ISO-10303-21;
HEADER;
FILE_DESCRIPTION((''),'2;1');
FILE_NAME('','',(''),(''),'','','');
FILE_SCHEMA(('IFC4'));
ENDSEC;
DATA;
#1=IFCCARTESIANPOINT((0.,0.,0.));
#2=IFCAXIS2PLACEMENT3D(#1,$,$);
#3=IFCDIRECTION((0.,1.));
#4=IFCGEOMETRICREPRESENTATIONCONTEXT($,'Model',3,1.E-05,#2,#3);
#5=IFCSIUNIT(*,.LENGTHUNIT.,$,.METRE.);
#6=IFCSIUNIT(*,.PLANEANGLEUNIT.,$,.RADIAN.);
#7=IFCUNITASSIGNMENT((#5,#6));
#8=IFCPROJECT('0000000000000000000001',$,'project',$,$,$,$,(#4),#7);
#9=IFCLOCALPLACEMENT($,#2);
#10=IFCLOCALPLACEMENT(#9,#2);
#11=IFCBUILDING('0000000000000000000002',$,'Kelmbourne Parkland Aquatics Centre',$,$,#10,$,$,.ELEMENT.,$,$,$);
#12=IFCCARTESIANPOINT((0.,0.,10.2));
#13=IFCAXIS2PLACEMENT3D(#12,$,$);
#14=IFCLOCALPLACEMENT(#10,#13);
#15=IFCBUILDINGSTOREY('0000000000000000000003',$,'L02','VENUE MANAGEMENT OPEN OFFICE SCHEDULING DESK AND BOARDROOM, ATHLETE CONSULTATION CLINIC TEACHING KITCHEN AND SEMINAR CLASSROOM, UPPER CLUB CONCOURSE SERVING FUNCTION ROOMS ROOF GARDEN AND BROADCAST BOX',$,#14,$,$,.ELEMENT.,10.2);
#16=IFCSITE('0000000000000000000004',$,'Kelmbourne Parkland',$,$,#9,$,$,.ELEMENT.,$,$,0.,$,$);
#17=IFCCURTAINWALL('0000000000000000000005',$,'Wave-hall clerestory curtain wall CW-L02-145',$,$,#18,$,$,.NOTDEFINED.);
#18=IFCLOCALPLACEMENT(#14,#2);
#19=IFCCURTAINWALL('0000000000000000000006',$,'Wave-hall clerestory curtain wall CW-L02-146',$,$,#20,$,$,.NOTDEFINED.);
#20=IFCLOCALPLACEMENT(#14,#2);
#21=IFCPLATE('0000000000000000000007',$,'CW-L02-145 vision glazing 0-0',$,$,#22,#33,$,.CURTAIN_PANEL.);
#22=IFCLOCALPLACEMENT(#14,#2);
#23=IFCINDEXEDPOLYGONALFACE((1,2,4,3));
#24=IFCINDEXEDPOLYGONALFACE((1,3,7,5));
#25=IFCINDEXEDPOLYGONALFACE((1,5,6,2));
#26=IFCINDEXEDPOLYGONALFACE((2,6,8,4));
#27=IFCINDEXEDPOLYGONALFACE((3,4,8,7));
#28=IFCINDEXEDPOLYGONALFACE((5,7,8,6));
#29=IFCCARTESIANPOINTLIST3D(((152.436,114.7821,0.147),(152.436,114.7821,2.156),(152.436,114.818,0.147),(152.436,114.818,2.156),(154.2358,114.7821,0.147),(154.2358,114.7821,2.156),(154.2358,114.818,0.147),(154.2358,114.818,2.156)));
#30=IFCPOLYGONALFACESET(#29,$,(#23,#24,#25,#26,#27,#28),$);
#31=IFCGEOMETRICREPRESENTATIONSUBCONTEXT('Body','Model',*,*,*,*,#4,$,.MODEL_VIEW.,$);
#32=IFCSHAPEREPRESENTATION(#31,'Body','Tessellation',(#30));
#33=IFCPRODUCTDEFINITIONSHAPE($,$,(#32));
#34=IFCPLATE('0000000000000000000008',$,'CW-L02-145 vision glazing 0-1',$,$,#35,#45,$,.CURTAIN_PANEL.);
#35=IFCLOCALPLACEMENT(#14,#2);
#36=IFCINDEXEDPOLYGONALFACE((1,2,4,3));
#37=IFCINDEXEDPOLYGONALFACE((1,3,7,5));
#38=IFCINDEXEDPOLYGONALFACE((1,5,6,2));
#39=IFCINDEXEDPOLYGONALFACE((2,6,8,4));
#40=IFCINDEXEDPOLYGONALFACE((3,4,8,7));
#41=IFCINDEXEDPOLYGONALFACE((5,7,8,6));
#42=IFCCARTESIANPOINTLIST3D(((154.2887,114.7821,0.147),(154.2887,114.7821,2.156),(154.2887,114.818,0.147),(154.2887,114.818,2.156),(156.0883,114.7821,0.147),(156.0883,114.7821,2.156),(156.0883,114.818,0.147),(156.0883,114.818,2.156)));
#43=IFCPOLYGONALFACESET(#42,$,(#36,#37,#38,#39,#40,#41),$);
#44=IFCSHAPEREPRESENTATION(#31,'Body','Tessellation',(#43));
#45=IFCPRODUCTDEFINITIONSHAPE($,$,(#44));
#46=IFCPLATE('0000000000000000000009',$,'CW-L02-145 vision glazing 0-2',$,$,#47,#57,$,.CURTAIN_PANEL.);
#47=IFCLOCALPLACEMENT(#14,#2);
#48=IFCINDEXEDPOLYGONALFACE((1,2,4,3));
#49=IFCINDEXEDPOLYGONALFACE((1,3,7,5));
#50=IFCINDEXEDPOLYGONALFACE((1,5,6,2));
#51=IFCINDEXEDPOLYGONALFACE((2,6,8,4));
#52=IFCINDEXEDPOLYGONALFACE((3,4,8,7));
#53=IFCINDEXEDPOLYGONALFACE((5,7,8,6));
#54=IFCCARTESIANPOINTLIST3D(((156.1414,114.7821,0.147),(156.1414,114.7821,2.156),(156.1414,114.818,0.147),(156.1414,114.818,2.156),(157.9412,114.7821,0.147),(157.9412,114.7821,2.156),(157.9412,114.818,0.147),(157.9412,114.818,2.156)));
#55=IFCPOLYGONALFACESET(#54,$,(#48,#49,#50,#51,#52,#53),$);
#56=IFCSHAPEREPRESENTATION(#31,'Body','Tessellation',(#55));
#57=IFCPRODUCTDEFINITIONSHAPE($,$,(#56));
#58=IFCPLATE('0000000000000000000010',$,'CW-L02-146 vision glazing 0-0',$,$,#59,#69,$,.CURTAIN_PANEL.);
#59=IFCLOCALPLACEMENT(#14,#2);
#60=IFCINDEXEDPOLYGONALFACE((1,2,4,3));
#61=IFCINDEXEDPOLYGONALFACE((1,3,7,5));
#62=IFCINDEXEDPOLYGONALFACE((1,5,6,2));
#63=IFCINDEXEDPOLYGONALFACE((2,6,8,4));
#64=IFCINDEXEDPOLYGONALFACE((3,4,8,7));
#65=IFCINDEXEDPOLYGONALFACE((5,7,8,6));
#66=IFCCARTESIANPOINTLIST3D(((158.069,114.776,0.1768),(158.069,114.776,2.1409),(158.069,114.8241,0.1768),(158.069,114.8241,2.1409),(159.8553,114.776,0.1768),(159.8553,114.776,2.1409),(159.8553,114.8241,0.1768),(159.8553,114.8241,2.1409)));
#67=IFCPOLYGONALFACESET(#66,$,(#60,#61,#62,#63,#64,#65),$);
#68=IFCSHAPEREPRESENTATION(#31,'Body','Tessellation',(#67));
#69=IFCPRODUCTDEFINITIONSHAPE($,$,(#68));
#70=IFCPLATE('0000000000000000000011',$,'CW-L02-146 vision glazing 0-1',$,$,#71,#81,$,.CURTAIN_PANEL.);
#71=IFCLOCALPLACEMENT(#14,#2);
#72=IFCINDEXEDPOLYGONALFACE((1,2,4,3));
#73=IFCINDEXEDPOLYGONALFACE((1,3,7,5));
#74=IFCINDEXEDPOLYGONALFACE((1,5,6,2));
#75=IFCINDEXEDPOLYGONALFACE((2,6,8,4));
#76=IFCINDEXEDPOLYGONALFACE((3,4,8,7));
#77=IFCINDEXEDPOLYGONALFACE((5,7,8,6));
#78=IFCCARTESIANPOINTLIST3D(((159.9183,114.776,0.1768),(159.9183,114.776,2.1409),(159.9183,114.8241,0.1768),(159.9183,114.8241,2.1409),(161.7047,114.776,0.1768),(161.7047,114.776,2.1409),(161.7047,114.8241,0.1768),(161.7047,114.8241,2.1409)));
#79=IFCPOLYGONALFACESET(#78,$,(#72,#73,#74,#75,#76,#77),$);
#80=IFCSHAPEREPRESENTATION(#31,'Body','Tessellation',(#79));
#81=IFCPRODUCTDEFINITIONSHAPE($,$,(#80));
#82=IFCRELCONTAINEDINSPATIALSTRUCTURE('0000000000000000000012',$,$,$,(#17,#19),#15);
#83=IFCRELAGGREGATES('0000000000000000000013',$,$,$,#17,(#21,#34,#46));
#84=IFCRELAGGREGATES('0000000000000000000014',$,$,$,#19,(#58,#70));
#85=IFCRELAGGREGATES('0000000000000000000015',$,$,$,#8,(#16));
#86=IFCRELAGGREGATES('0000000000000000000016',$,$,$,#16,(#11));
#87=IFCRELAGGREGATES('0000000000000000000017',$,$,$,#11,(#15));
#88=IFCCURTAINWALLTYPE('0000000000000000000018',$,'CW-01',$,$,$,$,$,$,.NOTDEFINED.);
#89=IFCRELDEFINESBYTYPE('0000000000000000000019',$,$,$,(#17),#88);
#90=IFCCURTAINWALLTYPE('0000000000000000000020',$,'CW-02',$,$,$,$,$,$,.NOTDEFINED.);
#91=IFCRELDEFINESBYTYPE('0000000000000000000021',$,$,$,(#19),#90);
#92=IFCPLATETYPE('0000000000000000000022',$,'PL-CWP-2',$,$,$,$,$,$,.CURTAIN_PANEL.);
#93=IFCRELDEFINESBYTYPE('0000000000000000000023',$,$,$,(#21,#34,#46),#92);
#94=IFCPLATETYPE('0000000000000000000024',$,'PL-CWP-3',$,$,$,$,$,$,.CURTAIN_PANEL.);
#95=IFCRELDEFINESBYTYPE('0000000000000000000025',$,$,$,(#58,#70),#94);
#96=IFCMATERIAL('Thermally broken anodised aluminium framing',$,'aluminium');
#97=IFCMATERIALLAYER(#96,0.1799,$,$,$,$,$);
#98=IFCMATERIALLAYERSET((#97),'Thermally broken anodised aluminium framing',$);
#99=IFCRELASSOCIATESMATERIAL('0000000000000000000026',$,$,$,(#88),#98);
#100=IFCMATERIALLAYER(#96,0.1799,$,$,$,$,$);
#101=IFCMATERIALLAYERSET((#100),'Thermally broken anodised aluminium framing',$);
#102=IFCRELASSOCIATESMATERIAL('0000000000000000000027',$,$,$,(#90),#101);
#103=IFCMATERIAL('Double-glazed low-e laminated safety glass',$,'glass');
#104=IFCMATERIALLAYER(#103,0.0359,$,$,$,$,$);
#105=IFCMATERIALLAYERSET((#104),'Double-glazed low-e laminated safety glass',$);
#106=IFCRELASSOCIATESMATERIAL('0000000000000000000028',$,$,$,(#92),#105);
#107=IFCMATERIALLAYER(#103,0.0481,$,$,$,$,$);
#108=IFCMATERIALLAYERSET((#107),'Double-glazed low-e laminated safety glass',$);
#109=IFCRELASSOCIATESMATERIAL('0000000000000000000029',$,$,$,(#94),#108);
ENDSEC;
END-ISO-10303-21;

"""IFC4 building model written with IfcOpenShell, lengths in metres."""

from ifc_helpers import new_model, si_unit, direction, frame, origin, origin_2d, place, context, subcontext, project, spatial, rectangle, extrude, material, layer, layer_set, type_object, element, aggregate, save


model = new_model("IFC4")

# Units and contexts
model_context = context("Model", 3, precision=1e-05, world=origin(), true_north=direction((0.0, 1.0)))
body_context = subcontext(model_context, "Body", "Model", "MODEL_VIEW")
ifc_project = project(units=[si_unit("LENGTHUNIT", "METRE"), si_unit("PLANEANGLEUNIT", "RADIAN")], contexts=[model_context])

# Site, building, storey
site_placement = place(None, origin())
site = spatial("IfcSite", under=ifc_project, at=site_placement, Name="Kelmbourne Parkland", CompositionType="ELEMENT", RefElevation=0.0)
building_placement = place(site_placement, origin())
building = spatial("IfcBuilding", under=site, at=building_placement, Name="Kelmbourne Parkland Aquatics Centre", CompositionType="ELEMENT")
storey_placement = place(building_placement, frame((0.0, 0.0, 10.2)))
storey = spatial("IfcBuildingStorey", under=building, at=storey_placement, Name="L02", Description="VENUE MANAGEMENT OPEN OFFICE SCHEDULING DESK AND BOARDROOM, ATHLETE CONSULTATION CLINIC TEACHING KITCHEN AND SEMINAR CLASSROOM, UPPER CLUB CONCOURSE SERVING FUNCTION ROOMS ROOF GARDEN AND BROADCAST BOX", CompositionType="ELEMENT", Elevation=10.2)

# Curtain walls
ifc_material_1 = material(Name="Thermally broken anodised aluminium framing", Category="aluminium")
ifc_layer_1 = layer(ifc_material_1, 0.1799)
ifc_layer_set_1 = layer_set([ifc_layer_1], Name="Thermally broken anodised aluminium framing")
curtain_wall_type_1 = type_object("IfcCurtainWallType", Name="CW-01", PredefinedType="NOTDEFINED", material=ifc_layer_set_1)
curtain_wall_1_placement = place(storey_placement, origin())
curtain_wall_1 = element("IfcCurtainWall", 1, at=curtain_wall_1_placement, inside=storey, type_object=curtain_wall_type_1, Name="Wave-hall clerestory curtain wall CW-L02-145", PredefinedType="NOTDEFINED")
ifc_layer_2 = layer(ifc_material_1, 0.1799)
ifc_layer_set_2 = layer_set([ifc_layer_2], Name="Thermally broken anodised aluminium framing")
curtain_wall_type_2 = type_object("IfcCurtainWallType", Name="CW-02", PredefinedType="NOTDEFINED", material=ifc_layer_set_2)
curtain_wall_2_placement = place(storey_placement, origin())
curtain_wall_2 = element("IfcCurtainWall", 2, at=curtain_wall_2_placement, inside=storey, type_object=curtain_wall_type_2, Name="Wave-hall clerestory curtain wall CW-L02-146", PredefinedType="NOTDEFINED")

# Plates
ifc_material_2 = material(Name="Double-glazed low-e laminated safety glass", Category="glass")
ifc_layer_3 = layer(ifc_material_2, 0.0359)
ifc_layer_set_3 = layer_set([ifc_layer_3], Name="Double-glazed low-e laminated safety glass")
plate_type_1 = type_object("IfcPlateType", Name="PL-CWP-2", PredefinedType="CURTAIN_PANEL", material=ifc_layer_set_3)
plate_1_placement = place(storey_placement, frame((153.3359, 114.8, 0.147), z_axis=(0.0, 0.0, 1.0), x_axis=(1.0, 0.0, 0.0)))
plate_1 = element("IfcPlate", 3, at=plate_1_placement, type_object=plate_type_1, Name="CW-L02-145 vision glazing 0-0", PredefinedType="CURTAIN_PANEL", context=body_context, shape_type="SweptSolid", body=[
    extrude(rectangle(XDim=1.7998, YDim=0.0359, at=origin_2d()), origin(), (0.0, 0.0, 1.0), 2.009),
])
plate_2_placement = place(storey_placement, frame((155.1885, 114.8, 0.147), z_axis=(0.0, 0.0, 1.0), x_axis=(1.0, 0.0, 0.0)))
plate_2 = element("IfcPlate", 4, at=plate_2_placement, type_object=plate_type_1, Name="CW-L02-145 vision glazing 0-1", PredefinedType="CURTAIN_PANEL", context=body_context, shape_type="SweptSolid", body=[
    extrude(rectangle(XDim=1.7996, YDim=0.0359, at=origin_2d()), origin(), (0.0, 0.0, 1.0), 2.009),
])
plate_3_placement = place(storey_placement, frame((157.0413, 114.8, 0.147), z_axis=(0.0, 0.0, 1.0), x_axis=(1.0, 0.0, 0.0)))
plate_3 = element("IfcPlate", 5, at=plate_3_placement, type_object=plate_type_1, Name="CW-L02-145 vision glazing 0-2", PredefinedType="CURTAIN_PANEL", context=body_context, shape_type="SweptSolid", body=[
    extrude(rectangle(XDim=1.7998, YDim=0.0359, at=origin_2d()), origin(), (0.0, 0.0, 1.0), 2.009),
])
aggregate(curtain_wall_1, [plate_1, plate_2, plate_3])
ifc_layer_4 = layer(ifc_material_2, 0.0481)
ifc_layer_set_4 = layer_set([ifc_layer_4], Name="Double-glazed low-e laminated safety glass")
plate_type_2 = type_object("IfcPlateType", Name="PL-CWP-3", PredefinedType="CURTAIN_PANEL", material=ifc_layer_set_4)
plate_4_placement = place(storey_placement, frame((158.9622, 114.8, 0.1768), z_axis=(0.0, 0.0, 1.0), x_axis=(1.0, 0.0, 0.0)))
plate_4 = element("IfcPlate", 6, at=plate_4_placement, type_object=plate_type_2, Name="CW-L02-146 vision glazing 0-0", PredefinedType="CURTAIN_PANEL", context=body_context, shape_type="SweptSolid", body=[
    extrude(rectangle(XDim=1.7864, YDim=0.0481, at=origin_2d()), origin(), (0.0, 0.0, 1.0), 1.9641),
])
plate_5_placement = place(storey_placement, frame((160.8115, 114.8, 0.1768), z_axis=(0.0, 0.0, 1.0), x_axis=(1.0, 0.0, 0.0)))
plate_5 = element("IfcPlate", 7, at=plate_5_placement, type_object=plate_type_2, Name="CW-L02-146 vision glazing 0-1", PredefinedType="CURTAIN_PANEL", context=body_context, shape_type="SweptSolid", body=[
    extrude(rectangle(XDim=1.7864, YDim=0.0481, at=origin_2d()), origin(), (0.0, 0.0, 1.0), 1.9641),
])
aggregate(curtain_wall_2, [plate_4, plate_5])

save(model, "model.ifc")
